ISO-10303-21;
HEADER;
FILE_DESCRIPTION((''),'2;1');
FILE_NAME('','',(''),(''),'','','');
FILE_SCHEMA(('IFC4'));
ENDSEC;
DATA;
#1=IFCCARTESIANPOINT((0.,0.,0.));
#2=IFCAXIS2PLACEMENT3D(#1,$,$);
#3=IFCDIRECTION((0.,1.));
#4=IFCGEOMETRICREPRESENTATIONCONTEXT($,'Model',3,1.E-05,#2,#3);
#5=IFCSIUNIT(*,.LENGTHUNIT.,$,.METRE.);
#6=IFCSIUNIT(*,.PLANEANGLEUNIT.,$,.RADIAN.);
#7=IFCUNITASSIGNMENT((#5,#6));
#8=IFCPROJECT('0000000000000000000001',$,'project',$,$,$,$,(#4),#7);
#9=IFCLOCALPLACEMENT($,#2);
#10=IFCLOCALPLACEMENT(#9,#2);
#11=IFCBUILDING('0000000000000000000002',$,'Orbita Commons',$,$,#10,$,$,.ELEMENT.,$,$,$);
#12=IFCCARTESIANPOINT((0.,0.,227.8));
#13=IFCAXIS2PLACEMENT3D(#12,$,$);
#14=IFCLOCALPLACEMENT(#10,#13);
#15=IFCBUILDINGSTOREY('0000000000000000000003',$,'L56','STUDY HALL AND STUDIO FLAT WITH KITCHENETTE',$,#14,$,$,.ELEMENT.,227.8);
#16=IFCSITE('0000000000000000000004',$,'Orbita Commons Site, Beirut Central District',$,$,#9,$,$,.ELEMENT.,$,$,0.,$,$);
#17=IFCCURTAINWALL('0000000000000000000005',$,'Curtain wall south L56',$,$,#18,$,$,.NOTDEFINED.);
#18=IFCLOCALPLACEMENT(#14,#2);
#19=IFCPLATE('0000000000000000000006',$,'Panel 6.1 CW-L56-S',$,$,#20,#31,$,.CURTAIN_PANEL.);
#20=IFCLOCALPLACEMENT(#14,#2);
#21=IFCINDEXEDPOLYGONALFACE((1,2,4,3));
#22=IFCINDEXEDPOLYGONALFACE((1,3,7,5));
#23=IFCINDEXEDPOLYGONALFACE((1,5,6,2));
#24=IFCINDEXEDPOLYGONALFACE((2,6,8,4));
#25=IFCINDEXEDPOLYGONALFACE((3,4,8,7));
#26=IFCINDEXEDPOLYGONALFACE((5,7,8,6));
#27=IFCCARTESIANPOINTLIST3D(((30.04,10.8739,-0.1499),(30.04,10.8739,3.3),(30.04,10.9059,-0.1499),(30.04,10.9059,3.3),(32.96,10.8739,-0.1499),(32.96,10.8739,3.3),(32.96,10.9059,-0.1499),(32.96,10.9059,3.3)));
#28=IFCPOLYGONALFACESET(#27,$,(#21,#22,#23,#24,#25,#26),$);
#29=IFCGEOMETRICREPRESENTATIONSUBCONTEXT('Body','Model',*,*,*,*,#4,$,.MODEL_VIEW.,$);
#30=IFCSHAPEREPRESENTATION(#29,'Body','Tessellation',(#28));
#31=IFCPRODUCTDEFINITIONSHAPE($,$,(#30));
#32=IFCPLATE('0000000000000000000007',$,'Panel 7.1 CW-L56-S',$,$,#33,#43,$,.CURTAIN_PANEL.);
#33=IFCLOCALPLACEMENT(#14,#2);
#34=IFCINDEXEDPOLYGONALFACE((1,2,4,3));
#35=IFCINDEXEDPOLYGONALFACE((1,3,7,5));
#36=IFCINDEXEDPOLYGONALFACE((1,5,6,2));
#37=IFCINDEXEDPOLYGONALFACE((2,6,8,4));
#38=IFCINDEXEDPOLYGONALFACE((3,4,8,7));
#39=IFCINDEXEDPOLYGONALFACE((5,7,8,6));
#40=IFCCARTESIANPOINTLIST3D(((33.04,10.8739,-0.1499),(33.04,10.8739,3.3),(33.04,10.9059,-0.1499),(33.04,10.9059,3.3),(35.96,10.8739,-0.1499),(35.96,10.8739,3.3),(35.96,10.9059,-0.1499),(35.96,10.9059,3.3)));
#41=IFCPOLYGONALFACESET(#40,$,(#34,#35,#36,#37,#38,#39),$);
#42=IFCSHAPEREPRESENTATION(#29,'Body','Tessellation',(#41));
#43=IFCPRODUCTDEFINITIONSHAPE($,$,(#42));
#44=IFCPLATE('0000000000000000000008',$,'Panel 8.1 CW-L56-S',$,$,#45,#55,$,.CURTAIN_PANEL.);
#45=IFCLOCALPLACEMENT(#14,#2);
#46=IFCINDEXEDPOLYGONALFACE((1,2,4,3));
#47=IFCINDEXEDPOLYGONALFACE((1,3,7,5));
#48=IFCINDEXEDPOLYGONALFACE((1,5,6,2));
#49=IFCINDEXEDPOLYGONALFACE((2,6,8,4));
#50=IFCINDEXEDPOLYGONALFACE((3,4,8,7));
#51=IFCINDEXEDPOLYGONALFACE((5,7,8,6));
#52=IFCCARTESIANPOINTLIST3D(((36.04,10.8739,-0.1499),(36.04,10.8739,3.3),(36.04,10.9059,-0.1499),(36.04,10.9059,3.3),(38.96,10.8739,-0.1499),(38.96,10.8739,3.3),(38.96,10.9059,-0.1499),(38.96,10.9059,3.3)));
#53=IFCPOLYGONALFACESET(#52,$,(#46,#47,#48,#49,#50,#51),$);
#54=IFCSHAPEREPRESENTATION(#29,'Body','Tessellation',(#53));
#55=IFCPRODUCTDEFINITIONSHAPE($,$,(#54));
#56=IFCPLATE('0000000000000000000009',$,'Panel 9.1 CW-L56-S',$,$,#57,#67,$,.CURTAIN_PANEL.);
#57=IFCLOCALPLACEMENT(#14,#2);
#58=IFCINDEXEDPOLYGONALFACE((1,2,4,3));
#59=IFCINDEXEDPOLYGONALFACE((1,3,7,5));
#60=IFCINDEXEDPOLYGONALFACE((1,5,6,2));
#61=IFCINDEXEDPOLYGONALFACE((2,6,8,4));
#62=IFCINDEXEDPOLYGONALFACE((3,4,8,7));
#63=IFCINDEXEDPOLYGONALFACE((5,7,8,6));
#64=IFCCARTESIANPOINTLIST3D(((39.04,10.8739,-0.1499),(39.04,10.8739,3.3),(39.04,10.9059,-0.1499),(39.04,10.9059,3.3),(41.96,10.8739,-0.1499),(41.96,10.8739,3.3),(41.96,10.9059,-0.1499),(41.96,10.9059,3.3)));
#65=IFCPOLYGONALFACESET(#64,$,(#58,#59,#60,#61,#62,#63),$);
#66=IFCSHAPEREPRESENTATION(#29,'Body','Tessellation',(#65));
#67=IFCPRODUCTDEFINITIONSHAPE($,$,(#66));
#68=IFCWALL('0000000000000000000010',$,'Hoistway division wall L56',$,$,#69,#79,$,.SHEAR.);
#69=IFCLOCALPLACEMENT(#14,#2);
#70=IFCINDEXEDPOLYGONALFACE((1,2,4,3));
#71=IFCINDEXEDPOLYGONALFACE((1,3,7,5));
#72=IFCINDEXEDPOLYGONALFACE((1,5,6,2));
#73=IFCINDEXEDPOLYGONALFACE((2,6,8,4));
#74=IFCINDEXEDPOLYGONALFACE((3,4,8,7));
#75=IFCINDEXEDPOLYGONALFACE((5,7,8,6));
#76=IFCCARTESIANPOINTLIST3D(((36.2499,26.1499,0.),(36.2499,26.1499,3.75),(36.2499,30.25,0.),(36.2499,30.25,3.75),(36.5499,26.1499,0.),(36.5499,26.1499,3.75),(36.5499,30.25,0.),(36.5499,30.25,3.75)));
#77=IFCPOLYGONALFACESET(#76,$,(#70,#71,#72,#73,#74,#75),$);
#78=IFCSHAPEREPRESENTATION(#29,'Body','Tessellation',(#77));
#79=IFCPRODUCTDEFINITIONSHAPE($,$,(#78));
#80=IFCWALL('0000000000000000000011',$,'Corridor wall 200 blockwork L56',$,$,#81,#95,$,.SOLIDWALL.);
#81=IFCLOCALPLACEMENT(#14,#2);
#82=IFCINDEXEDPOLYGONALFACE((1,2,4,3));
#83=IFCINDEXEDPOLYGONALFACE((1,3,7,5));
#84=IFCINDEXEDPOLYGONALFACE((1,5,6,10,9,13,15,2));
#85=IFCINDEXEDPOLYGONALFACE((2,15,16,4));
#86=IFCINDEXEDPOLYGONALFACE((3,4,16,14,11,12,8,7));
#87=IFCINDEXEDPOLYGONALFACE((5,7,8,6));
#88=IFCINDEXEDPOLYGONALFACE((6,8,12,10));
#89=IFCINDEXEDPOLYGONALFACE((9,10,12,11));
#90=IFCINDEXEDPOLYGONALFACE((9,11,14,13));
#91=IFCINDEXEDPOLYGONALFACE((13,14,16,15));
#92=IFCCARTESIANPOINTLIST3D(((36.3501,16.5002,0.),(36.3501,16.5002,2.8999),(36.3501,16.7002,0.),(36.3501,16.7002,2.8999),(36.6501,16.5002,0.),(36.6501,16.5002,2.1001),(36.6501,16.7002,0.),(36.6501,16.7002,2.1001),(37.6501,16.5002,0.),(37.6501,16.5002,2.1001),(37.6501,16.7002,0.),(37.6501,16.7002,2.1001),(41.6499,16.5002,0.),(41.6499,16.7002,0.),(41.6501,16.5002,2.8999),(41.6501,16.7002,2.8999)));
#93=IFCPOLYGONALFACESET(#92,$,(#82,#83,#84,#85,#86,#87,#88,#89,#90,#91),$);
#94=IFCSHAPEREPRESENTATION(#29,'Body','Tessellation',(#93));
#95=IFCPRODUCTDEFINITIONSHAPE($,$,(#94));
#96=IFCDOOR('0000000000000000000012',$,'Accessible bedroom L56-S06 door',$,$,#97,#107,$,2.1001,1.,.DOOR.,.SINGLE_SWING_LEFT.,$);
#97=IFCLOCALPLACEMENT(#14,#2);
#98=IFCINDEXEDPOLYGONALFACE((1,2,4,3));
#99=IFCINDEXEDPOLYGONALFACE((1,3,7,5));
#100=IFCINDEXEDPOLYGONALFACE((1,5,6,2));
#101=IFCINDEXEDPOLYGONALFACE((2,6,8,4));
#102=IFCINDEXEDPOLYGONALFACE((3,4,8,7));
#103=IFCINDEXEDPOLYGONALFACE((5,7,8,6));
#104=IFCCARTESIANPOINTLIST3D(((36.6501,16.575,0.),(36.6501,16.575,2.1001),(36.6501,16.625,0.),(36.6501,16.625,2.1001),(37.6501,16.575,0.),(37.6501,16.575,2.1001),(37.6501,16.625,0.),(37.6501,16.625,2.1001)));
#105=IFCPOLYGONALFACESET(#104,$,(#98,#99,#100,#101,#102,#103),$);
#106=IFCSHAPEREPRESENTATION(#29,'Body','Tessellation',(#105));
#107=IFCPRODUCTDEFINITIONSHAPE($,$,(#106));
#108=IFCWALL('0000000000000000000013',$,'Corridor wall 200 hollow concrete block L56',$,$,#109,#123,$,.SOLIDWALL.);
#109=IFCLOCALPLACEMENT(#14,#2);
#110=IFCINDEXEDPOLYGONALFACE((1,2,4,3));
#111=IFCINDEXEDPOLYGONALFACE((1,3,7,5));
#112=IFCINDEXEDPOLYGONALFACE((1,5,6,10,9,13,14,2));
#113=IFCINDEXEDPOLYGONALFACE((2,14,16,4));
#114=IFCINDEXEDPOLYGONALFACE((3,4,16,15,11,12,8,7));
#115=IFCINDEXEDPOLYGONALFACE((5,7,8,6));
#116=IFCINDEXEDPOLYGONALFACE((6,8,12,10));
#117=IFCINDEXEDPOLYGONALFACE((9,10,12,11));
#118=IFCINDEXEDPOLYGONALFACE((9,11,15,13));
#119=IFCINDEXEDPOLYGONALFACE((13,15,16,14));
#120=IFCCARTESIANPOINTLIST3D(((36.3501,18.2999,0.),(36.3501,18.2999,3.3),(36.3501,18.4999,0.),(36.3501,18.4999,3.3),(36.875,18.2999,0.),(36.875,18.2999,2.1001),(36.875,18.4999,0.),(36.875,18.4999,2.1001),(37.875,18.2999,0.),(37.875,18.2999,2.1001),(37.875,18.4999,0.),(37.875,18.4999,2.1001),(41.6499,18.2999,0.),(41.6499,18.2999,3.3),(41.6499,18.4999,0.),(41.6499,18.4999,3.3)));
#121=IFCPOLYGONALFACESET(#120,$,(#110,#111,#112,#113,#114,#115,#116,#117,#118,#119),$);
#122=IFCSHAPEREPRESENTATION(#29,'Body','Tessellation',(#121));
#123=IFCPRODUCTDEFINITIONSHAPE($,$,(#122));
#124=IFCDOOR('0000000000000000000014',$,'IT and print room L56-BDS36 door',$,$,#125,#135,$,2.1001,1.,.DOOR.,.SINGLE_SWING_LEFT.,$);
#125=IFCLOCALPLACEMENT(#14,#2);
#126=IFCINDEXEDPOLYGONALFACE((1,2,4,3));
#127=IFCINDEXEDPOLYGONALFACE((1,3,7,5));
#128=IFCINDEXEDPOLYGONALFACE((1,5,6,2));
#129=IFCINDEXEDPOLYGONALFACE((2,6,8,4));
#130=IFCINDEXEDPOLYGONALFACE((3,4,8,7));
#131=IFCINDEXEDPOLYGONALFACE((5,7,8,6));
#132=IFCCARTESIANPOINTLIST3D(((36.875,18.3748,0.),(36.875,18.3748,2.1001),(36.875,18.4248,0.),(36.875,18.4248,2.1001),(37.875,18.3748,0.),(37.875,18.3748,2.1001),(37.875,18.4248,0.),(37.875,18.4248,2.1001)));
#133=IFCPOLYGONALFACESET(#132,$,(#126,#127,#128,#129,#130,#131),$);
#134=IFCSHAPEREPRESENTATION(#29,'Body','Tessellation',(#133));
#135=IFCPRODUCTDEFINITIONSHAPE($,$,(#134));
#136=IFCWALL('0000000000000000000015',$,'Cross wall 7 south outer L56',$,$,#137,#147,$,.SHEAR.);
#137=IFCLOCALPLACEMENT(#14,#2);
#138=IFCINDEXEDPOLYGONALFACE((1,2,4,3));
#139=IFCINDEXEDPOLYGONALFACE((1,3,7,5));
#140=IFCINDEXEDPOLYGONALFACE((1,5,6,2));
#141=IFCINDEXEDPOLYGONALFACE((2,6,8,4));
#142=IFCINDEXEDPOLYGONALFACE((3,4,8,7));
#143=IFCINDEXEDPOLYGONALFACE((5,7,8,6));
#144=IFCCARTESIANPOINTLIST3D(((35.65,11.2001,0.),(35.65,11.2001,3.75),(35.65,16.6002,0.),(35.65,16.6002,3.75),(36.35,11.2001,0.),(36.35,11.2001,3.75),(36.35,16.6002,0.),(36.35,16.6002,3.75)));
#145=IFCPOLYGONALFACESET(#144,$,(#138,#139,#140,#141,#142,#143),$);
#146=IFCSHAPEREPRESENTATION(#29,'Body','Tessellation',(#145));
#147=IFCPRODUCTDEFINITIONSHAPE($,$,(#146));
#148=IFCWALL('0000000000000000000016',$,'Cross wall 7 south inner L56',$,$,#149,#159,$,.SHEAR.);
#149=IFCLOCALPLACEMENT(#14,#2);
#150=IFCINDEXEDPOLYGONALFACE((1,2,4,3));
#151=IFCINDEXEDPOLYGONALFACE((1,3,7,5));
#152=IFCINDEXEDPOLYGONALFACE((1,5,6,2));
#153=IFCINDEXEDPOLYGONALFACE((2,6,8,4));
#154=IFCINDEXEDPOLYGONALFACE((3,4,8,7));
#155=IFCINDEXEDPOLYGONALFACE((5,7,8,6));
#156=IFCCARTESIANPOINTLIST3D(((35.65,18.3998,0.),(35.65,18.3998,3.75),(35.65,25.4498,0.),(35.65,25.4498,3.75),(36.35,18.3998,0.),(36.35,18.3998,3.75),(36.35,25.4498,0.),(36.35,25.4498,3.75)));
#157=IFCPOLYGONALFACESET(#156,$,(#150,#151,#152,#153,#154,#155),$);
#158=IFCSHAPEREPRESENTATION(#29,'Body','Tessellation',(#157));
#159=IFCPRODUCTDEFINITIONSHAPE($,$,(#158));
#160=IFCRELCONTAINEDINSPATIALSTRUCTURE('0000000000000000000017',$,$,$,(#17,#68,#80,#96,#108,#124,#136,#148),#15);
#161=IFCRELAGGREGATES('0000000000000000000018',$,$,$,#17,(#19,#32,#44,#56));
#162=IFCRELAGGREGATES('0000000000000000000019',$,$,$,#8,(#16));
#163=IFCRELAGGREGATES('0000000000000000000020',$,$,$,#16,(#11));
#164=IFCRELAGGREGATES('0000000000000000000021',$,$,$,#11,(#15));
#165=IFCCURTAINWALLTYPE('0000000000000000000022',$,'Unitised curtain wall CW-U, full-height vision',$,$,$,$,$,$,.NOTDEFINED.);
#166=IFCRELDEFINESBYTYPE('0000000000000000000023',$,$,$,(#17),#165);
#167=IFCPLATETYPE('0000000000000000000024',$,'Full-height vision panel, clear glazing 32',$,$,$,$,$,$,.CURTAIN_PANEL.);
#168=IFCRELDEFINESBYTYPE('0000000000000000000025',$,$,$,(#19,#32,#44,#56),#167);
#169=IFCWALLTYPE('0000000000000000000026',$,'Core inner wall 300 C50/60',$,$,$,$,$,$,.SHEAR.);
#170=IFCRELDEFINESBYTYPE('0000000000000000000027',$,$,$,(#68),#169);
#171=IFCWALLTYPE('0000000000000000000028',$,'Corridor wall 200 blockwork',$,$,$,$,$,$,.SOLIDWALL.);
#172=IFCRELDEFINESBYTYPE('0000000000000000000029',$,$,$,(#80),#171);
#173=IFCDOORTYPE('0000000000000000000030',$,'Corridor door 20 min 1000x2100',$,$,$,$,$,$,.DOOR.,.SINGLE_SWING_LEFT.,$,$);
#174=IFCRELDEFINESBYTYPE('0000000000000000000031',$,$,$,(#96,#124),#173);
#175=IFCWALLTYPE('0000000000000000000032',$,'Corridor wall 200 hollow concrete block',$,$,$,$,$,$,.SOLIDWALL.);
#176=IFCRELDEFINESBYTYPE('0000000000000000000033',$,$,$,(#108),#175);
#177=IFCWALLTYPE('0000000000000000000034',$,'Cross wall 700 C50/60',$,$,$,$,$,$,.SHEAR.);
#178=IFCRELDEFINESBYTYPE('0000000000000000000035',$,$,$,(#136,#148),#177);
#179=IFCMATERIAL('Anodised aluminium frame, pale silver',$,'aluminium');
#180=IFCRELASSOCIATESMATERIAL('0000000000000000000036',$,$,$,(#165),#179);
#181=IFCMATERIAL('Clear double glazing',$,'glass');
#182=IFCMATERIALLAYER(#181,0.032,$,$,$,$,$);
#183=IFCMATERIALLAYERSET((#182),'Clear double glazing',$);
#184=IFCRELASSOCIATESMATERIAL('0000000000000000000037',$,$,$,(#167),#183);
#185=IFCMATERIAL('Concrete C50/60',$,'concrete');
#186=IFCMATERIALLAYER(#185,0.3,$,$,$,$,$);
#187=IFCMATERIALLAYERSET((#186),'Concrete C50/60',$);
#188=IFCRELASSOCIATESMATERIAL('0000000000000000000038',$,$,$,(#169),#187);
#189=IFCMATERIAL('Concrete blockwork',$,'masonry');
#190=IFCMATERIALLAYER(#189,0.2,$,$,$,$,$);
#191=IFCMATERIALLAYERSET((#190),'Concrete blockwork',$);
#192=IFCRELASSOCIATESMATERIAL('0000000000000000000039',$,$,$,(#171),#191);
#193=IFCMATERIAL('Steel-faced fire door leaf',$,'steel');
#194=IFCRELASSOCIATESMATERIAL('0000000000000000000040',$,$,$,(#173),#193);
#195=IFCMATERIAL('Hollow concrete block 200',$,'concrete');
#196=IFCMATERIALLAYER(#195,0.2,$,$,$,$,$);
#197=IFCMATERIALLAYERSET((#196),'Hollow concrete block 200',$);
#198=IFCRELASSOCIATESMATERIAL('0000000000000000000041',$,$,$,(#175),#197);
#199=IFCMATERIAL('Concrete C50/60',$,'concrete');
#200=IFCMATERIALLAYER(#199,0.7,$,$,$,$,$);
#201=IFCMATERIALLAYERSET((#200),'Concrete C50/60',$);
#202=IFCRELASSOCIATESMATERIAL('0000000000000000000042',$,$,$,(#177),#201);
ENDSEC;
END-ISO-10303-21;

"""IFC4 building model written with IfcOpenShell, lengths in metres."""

from ifc_helpers import new_model, si_unit, direction, frame, frame_2d, origin, origin_2d, place, context, subcontext, project, spatial, polyline, rectangle, outline, extrude, material, layer, layer_set, type_object, element, fill, aggregate, save


model = new_model("IFC4")

# Units and contexts
model_context = context("Model", 3, precision=1e-05, world=origin(), true_north=direction((0.0, 1.0)))
body_context = subcontext(model_context, "Body", "Model", "MODEL_VIEW")
ifc_project = project(units=[si_unit("LENGTHUNIT", "METRE"), si_unit("PLANEANGLEUNIT", "RADIAN")], contexts=[model_context])

# Site, building, storey
site_placement = place(None, origin())
site = spatial("IfcSite", under=ifc_project, at=site_placement, Name="Orbita Commons Site, Beirut Central District", CompositionType="ELEMENT", RefElevation=0.0)
building_placement = place(site_placement, origin())
building = spatial("IfcBuilding", under=site, at=building_placement, Name="Orbita Commons", CompositionType="ELEMENT")
storey_placement = place(building_placement, frame((0.0, 0.0, 227.8)))
storey = spatial("IfcBuildingStorey", under=building, at=storey_placement, Name="L56", Description="STUDY HALL AND STUDIO FLAT WITH KITCHENETTE", CompositionType="ELEMENT", Elevation=227.8)

# Curtain wall
ifc_material_1 = material(Name="Anodised aluminium frame, pale silver", Category="aluminium")
curtain_wall_type = type_object("IfcCurtainWallType", Name="Unitised curtain wall CW-U, full-height vision", PredefinedType="NOTDEFINED", material=ifc_material_1)
curtain_wall_placement = place(storey_placement, origin())
curtain_wall = element("IfcCurtainWall", 1, at=curtain_wall_placement, inside=storey, type_object=curtain_wall_type, Name="Curtain wall south L56", PredefinedType="NOTDEFINED")

# Plates
ifc_material_2 = material(Name="Clear double glazing", Category="glass")
ifc_layer_1 = layer(ifc_material_2, 0.032)
ifc_layer_set_1 = layer_set([ifc_layer_1], Name="Clear double glazing")
plate_type = type_object("IfcPlateType", Name="Full-height vision panel, clear glazing 32", PredefinedType="CURTAIN_PANEL", material=ifc_layer_set_1)
plate_1_placement = place(storey_placement, frame((31.5, 10.8899, -0.1499), z_axis=(0.0, 0.0, 1.0), x_axis=(1.0, 0.0, 0.0)))
plate_1 = element("IfcPlate", 2, at=plate_1_placement, type_object=plate_type, Name="Panel 6.1 CW-L56-S", PredefinedType="CURTAIN_PANEL", context=body_context, shape_type="SweptSolid", body=[
    extrude(rectangle(XDim=2.9199, YDim=0.032, at=origin_2d()), origin(), (0.0, 0.0, 1.0), 3.45),
])
plate_2_placement = place(storey_placement, frame((34.5, 10.8899, -0.1499), z_axis=(0.0, 0.0, 1.0), x_axis=(1.0, 0.0, 0.0)))
plate_2 = element("IfcPlate", 3, at=plate_2_placement, type_object=plate_type, Name="Panel 7.1 CW-L56-S", PredefinedType="CURTAIN_PANEL", context=body_context, shape_type="SweptSolid", body=[
    extrude(rectangle(XDim=2.9199, YDim=0.032, at=origin_2d()), origin(), (0.0, 0.0, 1.0), 3.45),
])
plate_3_placement = place(storey_placement, frame((37.5, 10.8899, -0.1499), z_axis=(0.0, 0.0, 1.0), x_axis=(1.0, 0.0, 0.0)))
plate_3 = element("IfcPlate", 4, at=plate_3_placement, type_object=plate_type, Name="Panel 8.1 CW-L56-S", PredefinedType="CURTAIN_PANEL", context=body_context, shape_type="SweptSolid", body=[
    extrude(rectangle(XDim=2.9199, YDim=0.032, at=origin_2d()), origin(), (0.0, 0.0, 1.0), 3.45),
])
plate_4_placement = place(storey_placement, frame((40.5, 10.8899, -0.1499), z_axis=(0.0, 0.0, 1.0), x_axis=(1.0, 0.0, 0.0)))
plate_4 = element("IfcPlate", 5, at=plate_4_placement, type_object=plate_type, Name="Panel 9.1 CW-L56-S", PredefinedType="CURTAIN_PANEL", context=body_context, shape_type="SweptSolid", body=[
    extrude(rectangle(XDim=2.9199, YDim=0.032, at=origin_2d()), origin(), (0.0, 0.0, 1.0), 3.45),
])
aggregate(curtain_wall, [plate_1, plate_2, plate_3, plate_4])

# Wall
ifc_material_3 = material(Name="Concrete C50/60", Category="concrete")
ifc_layer_2 = layer(ifc_material_3, 0.3)
ifc_layer_set_2 = layer_set([ifc_layer_2], Name="Concrete C50/60")
wall_type_1 = type_object("IfcWallType", Name="Core inner wall 300 C50/60", PredefinedType="SHEAR", material=ifc_layer_set_2)
wall_1_placement = place(storey_placement, frame((36.3999, 26.1499, 0.0), z_axis=(0.0, 0.0, 1.0), x_axis=(0.0, 1.0, 0.0)))
element("IfcWall", 6, at=wall_1_placement, inside=storey, type_object=wall_type_1, Name="Hoistway division wall L56", PredefinedType="SHEAR", context=body_context, shape_type="SweptSolid", body=[
    extrude(rectangle(XDim=4.1001, YDim=0.3, at=frame_2d((2.05, 0.0))), origin(), (0.0, 0.0, 1.0), 3.75),
])

# Walls, openings, doors
ifc_material_4 = material(Name="Concrete blockwork", Category="masonry")
ifc_layer_3 = layer(ifc_material_4, 0.2)
ifc_layer_set_3 = layer_set([ifc_layer_3], Name="Concrete blockwork")
wall_type_2 = type_object("IfcWallType", Name="Corridor wall 200 blockwork", PredefinedType="SOLIDWALL", material=ifc_layer_set_3)
wall_2_placement = place(storey_placement, frame((36.3501, 16.6001, 0.0), z_axis=(0.0, 0.0, 1.0), x_axis=(1.0, 0.0, 0.0)))
wall_2 = element("IfcWall", 7, at=wall_2_placement, inside=storey, type_object=wall_type_2, Name="Corridor wall 200 blockwork L56", PredefinedType="SOLIDWALL", context=body_context, shape_type="SweptSolid", body=[
    extrude(outline(polyline([(0.0, 0.0), (5.2998, 0.0), (5.3, 2.8999), (0.0, 2.8999), (0.0, 0.0)])), frame((0.0, 0.1001, 0.0), z_axis=(0.0, -1.0, 0.0), x_axis=(1.0, 0.0, 0.0)), (0.0, 0.0, 1.0), 0.2),
])
opening_1_placement = place(wall_2_placement, frame((0.3, 0.0, 0.0)))
opening_1 = element("IfcOpeningElement", 8, at=opening_1_placement, cuts=wall_2, PredefinedType="OPENING", context=body_context, shape_type="SweptSolid", body=[
    extrude(rectangle(XDim=1.0, YDim=2.1001, at=frame_2d((0.5, 1.05))), frame((0.0, 0.1099, 0.0), z_axis=(0.0, -1.0, 0.0), x_axis=(1.0, 0.0, 0.0)), (0.0, 0.0, 1.0), 0.22),
])
ifc_material_5 = material(Name="Steel-faced fire door leaf", Category="steel")
door_type_1 = type_object("IfcDoorType", Name="Corridor door 20 min 1000x2100", OperationType="SINGLE_SWING_LEFT", PredefinedType="DOOR", material=ifc_material_5)
door_1_placement = place(opening_1_placement, origin())
door_1 = element("IfcDoor", 9, at=door_1_placement, inside=storey, type_object=door_type_1, Name="Accessible bedroom L56-S06 door", OperationType="SINGLE_SWING_LEFT", OverallHeight=2.1001, OverallWidth=1.0, PredefinedType="DOOR", context=body_context, shape_type="SweptSolid", body=[
    extrude(rectangle(XDim=1.0, YDim=2.1001, at=frame_2d((0.5, 1.05))), frame((0.0, 0.0249, 0.0), z_axis=(0.0, -1.0, 0.0), x_axis=(1.0, 0.0, 0.0)), (0.0, 0.0, 1.0), 0.05),
])
fill(opening_1, door_1)
ifc_material_6 = material(Name="Hollow concrete block 200", Category="concrete")
ifc_layer_4 = layer(ifc_material_6, 0.2)
ifc_layer_set_4 = layer_set([ifc_layer_4], Name="Hollow concrete block 200")
wall_type_3 = type_object("IfcWallType", Name="Corridor wall 200 hollow concrete block", PredefinedType="SOLIDWALL", material=ifc_layer_set_4)
wall_3_placement = place(storey_placement, frame((36.3501, 18.3999, 0.0), z_axis=(0.0, 0.0, 1.0), x_axis=(1.0, 0.0, 0.0)))
wall_3 = element("IfcWall", 10, at=wall_3_placement, inside=storey, type_object=wall_type_3, Name="Corridor wall 200 hollow concrete block L56", PredefinedType="SOLIDWALL", context=body_context, shape_type="SweptSolid", body=[
    extrude(rectangle(XDim=5.2998, YDim=0.2, at=frame_2d((2.6499, 0.0))), origin(), (0.0, 0.0, 1.0), 3.3),
])
opening_2_placement = place(wall_3_placement, frame((0.5249, 0.0, 0.0)))
opening_2 = element("IfcOpeningElement", 11, at=opening_2_placement, cuts=wall_3, PredefinedType="OPENING", context=body_context, shape_type="SweptSolid", body=[
    extrude(rectangle(XDim=1.0, YDim=2.1001, at=frame_2d((0.5, 1.05))), frame((0.0, 0.1099, 0.0), z_axis=(0.0, -1.0, 0.0), x_axis=(1.0, 0.0, 0.0)), (0.0, 0.0, 1.0), 0.22),
])
door_2_placement = place(opening_2_placement, origin())
door_2 = element("IfcDoor", 12, at=door_2_placement, inside=storey, type_object=door_type_1, Name="IT and print room L56-BDS36 door", OperationType="SINGLE_SWING_LEFT", OverallHeight=2.1001, OverallWidth=1.0, PredefinedType="DOOR", context=body_context, shape_type="SweptSolid", body=[
    extrude(rectangle(XDim=1.0, YDim=2.1001, at=frame_2d((0.5, 1.05))), frame((0.0, 0.0249, 0.0), z_axis=(0.0, -1.0, 0.0), x_axis=(1.0, 0.0, 0.0)), (0.0, 0.0, 1.0), 0.05),
])
fill(opening_2, door_2)

# Walls
ifc_material_7 = material(Name="Concrete C50/60", Category="concrete")
ifc_layer_5 = layer(ifc_material_7, 0.7)
ifc_layer_set_5 = layer_set([ifc_layer_5], Name="Concrete C50/60")
wall_type_4 = type_object("IfcWallType", Name="Cross wall 700 C50/60", PredefinedType="SHEAR", material=ifc_layer_set_5)
wall_4_placement = place(storey_placement, frame((36.0, 11.2, 0.0), z_axis=(0.0, 0.0, 1.0), x_axis=(0.0, 1.0, 0.0)))
element("IfcWall", 13, at=wall_4_placement, inside=storey, type_object=wall_type_4, Name="Cross wall 7 south outer L56", PredefinedType="SHEAR", context=body_context, shape_type="SweptSolid", body=[
    extrude(rectangle(XDim=5.4001, YDim=0.7, at=frame_2d((2.7002, 0.0))), origin(), (0.0, 0.0, 1.0), 3.75),
])
wall_5_placement = place(storey_placement, frame((36.0, 18.3999, 0.0), z_axis=(0.0, 0.0, 1.0), x_axis=(0.0, 1.0, 0.0)))
element("IfcWall", 14, at=wall_5_placement, inside=storey, type_object=wall_type_4, Name="Cross wall 7 south inner L56", PredefinedType="SHEAR", context=body_context, shape_type="SweptSolid", body=[
    extrude(rectangle(XDim=7.05, YDim=0.7, at=frame_2d((3.5249, 0.0))), origin(), (0.0, 0.0, 1.0), 3.75),
])

save(model, "model.ifc")
